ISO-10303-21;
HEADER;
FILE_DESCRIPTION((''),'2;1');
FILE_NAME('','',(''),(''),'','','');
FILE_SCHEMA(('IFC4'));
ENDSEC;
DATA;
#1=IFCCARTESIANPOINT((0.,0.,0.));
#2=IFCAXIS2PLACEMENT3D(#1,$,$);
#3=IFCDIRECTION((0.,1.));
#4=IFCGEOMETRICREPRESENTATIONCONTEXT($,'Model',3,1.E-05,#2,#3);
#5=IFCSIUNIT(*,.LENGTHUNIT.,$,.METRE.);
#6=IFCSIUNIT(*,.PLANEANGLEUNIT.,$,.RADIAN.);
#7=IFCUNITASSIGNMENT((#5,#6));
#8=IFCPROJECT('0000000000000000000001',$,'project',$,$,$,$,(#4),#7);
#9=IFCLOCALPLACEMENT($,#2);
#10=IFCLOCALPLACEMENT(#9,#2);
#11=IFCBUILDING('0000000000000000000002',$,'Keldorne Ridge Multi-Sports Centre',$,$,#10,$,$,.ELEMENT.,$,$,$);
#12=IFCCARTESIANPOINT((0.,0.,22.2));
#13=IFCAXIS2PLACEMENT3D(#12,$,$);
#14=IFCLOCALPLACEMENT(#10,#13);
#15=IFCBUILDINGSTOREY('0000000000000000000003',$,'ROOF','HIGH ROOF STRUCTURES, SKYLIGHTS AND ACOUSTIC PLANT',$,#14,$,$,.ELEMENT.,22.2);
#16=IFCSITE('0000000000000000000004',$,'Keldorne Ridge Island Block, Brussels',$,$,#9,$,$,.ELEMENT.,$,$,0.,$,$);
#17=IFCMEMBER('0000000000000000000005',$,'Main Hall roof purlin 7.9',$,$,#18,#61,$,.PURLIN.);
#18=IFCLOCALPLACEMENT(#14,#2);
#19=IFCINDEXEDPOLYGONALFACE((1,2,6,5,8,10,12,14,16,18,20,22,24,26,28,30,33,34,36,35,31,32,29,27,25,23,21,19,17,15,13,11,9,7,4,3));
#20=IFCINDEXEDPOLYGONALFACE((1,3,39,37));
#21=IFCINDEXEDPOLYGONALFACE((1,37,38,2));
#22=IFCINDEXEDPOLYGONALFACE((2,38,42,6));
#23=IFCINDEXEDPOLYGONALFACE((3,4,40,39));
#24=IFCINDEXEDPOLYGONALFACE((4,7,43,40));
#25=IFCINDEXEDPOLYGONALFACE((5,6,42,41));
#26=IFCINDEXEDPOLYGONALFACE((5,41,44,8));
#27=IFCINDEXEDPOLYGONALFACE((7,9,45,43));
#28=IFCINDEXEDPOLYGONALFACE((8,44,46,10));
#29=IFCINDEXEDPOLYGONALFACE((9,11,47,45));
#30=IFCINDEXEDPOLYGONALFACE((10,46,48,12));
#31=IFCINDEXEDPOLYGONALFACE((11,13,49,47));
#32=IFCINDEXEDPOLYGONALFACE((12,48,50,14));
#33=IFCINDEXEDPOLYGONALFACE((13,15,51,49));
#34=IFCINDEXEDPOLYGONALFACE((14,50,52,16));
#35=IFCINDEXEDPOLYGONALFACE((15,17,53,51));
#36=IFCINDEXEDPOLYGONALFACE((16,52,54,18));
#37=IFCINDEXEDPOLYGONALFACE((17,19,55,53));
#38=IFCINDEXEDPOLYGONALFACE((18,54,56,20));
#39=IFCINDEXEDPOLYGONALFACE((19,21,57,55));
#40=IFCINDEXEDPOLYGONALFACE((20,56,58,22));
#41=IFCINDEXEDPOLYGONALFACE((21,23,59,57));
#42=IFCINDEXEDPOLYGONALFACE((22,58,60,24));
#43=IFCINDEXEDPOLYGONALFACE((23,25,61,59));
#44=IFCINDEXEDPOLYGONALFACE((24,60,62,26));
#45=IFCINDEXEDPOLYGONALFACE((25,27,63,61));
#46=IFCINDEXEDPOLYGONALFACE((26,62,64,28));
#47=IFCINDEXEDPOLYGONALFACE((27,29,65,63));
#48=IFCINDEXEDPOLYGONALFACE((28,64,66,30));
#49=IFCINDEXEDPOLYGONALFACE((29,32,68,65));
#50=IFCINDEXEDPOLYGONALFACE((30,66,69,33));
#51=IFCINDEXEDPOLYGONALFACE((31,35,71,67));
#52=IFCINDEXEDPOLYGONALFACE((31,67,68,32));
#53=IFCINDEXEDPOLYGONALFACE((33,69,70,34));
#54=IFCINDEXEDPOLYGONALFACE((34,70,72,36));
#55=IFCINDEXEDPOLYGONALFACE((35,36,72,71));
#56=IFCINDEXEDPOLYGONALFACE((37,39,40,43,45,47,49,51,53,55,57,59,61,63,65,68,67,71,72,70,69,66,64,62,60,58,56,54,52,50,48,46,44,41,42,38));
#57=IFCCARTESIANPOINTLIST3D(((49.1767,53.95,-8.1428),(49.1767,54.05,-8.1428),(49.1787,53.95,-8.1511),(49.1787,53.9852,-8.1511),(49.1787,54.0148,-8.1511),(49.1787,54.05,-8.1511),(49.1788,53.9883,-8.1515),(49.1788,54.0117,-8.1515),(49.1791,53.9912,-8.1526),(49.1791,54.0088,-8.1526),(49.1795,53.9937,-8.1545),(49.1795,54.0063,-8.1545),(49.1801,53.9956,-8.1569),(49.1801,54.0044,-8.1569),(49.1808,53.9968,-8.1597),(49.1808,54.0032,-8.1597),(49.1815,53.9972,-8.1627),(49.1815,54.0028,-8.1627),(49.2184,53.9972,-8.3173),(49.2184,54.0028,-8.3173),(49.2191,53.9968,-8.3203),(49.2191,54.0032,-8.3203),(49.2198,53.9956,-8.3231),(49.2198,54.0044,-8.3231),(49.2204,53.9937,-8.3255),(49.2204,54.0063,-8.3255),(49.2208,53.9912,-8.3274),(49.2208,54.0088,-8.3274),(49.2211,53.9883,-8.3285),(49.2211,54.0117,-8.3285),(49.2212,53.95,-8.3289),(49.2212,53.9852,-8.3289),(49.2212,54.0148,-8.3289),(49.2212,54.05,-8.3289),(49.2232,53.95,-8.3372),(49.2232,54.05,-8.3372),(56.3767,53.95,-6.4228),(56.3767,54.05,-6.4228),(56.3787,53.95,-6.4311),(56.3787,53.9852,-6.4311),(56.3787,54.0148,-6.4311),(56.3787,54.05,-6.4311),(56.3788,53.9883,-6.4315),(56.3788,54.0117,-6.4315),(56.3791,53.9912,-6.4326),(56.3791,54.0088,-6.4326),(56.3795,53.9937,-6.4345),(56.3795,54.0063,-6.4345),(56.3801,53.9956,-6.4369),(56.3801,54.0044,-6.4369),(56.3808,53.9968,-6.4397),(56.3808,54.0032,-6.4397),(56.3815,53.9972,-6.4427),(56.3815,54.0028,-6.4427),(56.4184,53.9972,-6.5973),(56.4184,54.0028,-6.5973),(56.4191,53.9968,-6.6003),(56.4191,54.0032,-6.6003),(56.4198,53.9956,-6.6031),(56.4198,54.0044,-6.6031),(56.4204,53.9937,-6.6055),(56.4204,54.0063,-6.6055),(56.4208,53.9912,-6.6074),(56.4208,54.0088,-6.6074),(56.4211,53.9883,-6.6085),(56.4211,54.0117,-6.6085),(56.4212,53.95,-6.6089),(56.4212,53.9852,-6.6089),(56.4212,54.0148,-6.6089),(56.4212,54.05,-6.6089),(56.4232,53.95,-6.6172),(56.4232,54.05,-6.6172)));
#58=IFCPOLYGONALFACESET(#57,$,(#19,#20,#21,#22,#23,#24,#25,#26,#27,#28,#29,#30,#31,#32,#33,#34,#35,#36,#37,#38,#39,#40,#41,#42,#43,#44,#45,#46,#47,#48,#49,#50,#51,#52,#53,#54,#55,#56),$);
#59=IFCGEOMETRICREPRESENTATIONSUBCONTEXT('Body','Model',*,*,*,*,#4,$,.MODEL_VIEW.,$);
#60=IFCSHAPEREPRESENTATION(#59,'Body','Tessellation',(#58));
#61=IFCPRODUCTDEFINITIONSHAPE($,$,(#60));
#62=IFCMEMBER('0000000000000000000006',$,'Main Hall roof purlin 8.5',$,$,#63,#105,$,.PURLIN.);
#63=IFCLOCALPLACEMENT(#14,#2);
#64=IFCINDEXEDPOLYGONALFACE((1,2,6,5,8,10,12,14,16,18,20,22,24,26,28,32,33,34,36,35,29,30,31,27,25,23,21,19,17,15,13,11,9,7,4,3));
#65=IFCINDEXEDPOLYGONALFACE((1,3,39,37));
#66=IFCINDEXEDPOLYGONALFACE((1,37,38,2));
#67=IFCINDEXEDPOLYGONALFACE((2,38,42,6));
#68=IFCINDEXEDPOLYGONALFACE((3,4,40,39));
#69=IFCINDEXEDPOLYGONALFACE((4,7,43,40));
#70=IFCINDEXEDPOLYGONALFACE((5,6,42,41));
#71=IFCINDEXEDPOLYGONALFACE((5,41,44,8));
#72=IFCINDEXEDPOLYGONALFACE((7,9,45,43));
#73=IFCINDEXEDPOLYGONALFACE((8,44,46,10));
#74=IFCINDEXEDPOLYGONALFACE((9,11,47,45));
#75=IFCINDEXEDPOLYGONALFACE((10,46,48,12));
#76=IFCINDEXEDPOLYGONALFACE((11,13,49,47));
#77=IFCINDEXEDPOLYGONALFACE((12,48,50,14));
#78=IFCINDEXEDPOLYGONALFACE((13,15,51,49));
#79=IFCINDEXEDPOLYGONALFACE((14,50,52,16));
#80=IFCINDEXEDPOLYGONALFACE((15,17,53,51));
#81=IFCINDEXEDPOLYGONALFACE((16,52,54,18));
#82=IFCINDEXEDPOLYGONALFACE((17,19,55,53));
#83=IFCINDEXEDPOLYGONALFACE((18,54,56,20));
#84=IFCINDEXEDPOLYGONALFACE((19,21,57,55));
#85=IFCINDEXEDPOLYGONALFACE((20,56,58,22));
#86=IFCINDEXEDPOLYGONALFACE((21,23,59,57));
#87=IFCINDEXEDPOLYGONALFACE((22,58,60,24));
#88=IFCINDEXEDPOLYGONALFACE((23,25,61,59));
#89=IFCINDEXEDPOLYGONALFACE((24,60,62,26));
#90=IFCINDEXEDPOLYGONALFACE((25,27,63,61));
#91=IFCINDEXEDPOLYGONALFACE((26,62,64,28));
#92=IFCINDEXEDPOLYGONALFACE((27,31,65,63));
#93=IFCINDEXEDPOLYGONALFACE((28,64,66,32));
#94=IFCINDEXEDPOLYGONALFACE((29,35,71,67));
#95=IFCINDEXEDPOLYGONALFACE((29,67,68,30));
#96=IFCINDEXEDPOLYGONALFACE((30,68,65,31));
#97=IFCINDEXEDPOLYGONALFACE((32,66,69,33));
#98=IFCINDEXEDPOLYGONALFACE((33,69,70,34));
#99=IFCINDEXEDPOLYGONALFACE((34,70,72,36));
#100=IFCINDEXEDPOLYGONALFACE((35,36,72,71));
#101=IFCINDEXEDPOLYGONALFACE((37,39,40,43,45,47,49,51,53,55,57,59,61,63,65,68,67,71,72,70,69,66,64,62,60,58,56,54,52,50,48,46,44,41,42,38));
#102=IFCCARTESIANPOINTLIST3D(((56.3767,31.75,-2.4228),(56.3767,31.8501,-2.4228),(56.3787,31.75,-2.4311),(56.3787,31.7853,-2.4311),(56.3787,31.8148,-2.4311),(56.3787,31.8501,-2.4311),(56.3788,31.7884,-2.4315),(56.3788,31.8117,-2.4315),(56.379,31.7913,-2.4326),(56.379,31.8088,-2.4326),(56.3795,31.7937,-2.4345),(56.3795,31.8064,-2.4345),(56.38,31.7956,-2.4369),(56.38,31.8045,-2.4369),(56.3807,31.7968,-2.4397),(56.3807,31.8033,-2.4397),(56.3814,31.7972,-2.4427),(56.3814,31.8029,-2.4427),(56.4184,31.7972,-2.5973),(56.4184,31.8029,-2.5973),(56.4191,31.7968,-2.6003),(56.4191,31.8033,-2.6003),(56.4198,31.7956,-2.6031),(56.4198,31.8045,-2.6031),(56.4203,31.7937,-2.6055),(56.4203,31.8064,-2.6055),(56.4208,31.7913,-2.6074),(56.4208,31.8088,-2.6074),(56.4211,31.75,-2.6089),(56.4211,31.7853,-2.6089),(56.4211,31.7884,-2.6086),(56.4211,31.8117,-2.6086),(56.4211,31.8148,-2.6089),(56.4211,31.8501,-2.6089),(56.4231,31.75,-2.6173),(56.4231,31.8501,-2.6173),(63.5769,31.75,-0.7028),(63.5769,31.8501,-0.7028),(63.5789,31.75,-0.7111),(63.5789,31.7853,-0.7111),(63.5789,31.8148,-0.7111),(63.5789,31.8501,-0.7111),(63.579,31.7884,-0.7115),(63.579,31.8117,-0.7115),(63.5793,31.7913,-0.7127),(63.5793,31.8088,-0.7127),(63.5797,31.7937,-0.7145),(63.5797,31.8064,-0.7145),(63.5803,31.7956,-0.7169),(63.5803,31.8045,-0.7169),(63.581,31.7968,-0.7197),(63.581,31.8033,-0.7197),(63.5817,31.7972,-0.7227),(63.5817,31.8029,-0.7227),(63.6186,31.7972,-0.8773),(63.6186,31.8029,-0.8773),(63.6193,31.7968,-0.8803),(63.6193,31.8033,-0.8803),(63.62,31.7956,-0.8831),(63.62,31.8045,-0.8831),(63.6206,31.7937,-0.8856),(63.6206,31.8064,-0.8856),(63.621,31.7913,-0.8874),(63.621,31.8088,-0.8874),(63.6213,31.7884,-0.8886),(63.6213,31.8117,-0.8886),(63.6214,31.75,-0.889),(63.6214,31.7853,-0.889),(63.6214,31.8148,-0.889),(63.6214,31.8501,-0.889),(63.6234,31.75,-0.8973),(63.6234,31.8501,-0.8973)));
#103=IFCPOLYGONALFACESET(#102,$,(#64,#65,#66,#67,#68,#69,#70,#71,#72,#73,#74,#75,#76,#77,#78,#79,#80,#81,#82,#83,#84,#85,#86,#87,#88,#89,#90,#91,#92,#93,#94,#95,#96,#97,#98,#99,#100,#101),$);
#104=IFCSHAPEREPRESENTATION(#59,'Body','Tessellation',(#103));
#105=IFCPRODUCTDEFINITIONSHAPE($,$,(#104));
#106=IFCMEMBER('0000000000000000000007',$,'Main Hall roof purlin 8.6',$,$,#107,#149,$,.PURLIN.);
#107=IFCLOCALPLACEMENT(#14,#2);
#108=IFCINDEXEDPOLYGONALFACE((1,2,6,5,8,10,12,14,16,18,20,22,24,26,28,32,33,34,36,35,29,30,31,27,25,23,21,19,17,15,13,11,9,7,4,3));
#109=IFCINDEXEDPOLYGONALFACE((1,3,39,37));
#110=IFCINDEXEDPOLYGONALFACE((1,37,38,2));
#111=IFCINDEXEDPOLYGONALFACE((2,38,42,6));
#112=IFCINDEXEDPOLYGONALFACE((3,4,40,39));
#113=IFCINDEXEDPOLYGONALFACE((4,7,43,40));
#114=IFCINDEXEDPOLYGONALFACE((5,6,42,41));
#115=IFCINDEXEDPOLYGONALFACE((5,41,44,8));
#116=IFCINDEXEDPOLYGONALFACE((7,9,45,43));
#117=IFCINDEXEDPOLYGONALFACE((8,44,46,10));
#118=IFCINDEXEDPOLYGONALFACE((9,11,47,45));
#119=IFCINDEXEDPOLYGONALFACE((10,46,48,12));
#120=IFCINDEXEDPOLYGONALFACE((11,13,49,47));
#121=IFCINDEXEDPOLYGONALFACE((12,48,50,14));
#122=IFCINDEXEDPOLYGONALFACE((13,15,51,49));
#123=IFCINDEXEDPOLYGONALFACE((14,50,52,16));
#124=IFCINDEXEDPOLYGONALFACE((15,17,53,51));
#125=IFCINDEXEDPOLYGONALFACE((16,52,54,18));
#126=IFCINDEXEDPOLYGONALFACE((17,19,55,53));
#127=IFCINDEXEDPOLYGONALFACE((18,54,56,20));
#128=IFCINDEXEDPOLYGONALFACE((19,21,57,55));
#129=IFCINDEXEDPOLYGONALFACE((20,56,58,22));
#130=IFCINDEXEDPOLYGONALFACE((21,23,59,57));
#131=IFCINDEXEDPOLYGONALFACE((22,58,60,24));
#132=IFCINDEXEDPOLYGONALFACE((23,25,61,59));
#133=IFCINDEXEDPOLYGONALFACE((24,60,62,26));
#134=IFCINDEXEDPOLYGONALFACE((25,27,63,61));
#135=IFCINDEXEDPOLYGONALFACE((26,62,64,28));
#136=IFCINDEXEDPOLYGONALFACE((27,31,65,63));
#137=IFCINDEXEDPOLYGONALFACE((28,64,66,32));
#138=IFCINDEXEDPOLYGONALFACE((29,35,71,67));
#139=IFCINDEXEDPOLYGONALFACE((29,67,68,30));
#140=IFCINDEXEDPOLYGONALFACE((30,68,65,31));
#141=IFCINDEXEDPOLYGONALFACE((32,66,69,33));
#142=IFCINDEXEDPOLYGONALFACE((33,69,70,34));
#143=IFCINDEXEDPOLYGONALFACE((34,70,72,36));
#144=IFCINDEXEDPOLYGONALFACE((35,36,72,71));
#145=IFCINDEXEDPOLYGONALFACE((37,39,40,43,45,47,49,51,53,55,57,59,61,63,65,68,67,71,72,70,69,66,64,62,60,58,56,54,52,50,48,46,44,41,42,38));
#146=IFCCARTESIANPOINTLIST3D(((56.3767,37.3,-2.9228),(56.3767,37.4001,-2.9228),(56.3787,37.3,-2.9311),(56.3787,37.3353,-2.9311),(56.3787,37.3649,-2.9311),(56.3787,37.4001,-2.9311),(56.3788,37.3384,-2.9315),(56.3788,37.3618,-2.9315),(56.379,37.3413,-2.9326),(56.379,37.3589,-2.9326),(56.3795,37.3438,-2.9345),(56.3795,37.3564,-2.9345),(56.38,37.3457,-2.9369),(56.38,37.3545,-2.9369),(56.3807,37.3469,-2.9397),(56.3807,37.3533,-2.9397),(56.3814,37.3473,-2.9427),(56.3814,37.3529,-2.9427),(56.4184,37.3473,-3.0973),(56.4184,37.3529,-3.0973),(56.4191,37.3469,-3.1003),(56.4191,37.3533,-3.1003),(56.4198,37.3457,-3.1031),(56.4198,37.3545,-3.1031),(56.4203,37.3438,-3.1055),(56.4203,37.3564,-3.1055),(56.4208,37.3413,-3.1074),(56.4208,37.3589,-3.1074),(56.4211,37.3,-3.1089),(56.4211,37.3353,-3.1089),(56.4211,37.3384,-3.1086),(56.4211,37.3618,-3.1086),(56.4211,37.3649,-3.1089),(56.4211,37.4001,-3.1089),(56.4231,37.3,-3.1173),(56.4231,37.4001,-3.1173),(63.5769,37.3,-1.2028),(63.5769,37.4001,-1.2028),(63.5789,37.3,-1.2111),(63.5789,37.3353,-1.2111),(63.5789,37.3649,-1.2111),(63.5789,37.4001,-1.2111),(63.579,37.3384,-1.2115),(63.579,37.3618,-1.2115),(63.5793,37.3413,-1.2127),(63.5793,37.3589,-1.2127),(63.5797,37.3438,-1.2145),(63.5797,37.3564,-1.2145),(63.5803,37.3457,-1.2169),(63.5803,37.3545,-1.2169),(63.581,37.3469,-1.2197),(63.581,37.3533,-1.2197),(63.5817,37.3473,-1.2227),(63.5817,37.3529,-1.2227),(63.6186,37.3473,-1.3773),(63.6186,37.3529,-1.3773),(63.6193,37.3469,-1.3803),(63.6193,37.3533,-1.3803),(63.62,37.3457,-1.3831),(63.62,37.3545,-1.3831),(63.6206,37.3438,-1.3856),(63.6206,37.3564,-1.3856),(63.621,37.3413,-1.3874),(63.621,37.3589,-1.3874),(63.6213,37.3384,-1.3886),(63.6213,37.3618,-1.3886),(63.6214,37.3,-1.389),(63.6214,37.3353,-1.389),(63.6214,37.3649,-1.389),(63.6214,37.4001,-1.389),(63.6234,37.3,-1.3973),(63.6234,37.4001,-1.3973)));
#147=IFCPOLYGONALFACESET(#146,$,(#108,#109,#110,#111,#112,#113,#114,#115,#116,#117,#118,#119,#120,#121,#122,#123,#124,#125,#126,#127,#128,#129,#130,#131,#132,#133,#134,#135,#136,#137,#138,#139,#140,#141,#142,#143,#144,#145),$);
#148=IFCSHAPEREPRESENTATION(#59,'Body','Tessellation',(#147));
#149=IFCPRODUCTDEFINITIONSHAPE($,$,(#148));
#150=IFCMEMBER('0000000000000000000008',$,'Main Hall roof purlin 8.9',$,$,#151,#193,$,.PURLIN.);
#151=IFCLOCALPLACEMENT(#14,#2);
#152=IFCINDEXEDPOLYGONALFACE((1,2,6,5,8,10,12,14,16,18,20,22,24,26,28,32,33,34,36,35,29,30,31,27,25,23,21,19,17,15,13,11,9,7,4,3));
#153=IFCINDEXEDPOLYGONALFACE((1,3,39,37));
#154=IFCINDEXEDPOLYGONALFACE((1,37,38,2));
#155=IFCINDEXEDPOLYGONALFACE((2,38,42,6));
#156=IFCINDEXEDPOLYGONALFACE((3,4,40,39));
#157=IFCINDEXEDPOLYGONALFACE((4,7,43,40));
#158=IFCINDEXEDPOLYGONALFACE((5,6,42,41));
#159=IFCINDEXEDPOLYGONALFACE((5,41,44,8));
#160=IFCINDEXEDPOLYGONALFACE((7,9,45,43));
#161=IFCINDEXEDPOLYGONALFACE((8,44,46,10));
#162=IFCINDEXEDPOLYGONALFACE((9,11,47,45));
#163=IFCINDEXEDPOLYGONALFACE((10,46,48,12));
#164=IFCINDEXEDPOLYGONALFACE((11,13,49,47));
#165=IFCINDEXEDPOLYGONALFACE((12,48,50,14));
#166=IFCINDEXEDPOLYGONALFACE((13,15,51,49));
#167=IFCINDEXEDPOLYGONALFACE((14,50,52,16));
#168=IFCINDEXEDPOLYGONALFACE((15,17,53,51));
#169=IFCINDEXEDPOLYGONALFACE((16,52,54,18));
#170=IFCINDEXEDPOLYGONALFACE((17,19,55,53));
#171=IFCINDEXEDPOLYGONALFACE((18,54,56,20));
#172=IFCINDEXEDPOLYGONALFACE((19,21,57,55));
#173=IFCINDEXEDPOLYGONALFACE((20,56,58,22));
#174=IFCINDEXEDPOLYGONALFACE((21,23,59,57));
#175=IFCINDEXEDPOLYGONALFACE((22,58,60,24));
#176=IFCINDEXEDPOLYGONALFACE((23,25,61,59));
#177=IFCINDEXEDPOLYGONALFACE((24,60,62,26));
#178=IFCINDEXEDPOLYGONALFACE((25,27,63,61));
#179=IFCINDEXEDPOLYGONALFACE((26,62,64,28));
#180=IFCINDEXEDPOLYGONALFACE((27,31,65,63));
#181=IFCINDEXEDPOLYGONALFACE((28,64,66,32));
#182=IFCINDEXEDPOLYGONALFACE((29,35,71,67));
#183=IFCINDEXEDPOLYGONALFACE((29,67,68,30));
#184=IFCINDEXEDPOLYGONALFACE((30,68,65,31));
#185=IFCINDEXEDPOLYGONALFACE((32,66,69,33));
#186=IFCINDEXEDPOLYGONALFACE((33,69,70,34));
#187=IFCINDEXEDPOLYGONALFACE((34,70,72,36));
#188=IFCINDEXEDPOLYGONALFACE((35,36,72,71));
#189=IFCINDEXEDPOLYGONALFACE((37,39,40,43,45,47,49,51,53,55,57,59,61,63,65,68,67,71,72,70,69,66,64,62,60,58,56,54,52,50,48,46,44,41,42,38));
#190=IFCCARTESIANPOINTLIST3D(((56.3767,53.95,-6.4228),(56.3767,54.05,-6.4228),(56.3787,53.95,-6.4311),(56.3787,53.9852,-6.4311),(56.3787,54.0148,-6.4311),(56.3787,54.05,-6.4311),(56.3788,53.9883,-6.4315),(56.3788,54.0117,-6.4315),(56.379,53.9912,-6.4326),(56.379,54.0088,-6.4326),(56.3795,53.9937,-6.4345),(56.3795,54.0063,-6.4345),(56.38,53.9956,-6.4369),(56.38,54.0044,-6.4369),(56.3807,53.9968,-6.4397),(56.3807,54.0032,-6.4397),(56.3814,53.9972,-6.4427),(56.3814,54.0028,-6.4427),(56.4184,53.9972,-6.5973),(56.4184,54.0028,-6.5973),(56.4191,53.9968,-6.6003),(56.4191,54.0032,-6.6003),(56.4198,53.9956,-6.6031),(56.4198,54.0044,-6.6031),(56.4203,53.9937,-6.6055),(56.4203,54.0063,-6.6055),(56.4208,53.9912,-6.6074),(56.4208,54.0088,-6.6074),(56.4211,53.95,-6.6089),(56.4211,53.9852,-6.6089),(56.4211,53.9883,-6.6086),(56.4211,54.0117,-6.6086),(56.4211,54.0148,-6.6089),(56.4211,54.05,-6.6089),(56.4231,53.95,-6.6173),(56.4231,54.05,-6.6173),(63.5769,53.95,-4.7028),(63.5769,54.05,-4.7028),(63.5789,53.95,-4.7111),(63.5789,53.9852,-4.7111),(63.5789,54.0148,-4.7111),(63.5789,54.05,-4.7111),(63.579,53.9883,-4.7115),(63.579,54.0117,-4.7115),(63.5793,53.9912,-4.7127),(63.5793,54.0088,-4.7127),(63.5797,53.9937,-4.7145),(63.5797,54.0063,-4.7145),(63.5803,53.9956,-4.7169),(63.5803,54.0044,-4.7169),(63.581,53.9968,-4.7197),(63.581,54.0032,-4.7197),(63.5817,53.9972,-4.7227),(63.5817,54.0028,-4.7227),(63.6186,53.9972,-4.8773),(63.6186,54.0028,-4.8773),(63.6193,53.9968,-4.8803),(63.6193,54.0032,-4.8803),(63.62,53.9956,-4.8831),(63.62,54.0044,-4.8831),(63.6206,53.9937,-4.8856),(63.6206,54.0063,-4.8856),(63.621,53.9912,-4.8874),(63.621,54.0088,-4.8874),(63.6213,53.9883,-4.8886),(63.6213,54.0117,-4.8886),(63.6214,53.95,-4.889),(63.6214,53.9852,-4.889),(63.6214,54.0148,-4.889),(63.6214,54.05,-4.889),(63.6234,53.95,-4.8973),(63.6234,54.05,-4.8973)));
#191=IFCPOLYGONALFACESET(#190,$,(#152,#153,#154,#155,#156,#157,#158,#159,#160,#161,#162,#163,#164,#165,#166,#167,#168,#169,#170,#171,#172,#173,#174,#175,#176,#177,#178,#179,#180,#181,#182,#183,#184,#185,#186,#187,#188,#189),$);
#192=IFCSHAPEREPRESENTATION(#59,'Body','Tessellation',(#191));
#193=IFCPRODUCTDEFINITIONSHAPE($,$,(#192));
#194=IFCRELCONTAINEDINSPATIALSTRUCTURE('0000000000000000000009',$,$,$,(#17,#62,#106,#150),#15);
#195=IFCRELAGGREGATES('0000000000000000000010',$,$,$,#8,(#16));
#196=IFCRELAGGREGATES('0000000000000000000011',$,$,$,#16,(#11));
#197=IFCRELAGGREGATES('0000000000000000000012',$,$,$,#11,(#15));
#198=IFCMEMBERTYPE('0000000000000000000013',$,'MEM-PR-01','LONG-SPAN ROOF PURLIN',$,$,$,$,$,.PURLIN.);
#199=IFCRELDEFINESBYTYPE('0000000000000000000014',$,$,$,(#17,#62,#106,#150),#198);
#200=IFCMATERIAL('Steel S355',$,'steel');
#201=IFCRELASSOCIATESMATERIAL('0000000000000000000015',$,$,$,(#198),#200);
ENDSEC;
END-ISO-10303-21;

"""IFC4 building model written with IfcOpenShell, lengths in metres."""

from ifc_helpers import new_model, si_unit, direction, frame, origin, origin_2d, place, context, subcontext, project, spatial, i_section, extrude, material, material_profile, profile_set, type_object, element, save


model = new_model("IFC4")

# Units and contexts
model_context = context("Model", 3, precision=1e-05, world=origin(), true_north=direction((0.0, 1.0)))
body_context = subcontext(model_context, "Body", "Model", "MODEL_VIEW")
ifc_project = project(units=[si_unit("LENGTHUNIT", "METRE"), si_unit("PLANEANGLEUNIT", "RADIAN")], contexts=[model_context])

# Site, building, storey
site_placement = place(None, origin())
site = spatial("IfcSite", under=ifc_project, at=site_placement, Name="Keldorne Ridge Island Block, Brussels", CompositionType="ELEMENT", RefElevation=0.0)
building_placement = place(site_placement, origin())
building = spatial("IfcBuilding", under=site, at=building_placement, Name="Keldorne Ridge Multi-Sports Centre", CompositionType="ELEMENT")
storey_placement = place(building_placement, frame((0.0, 0.0, 22.2)))
storey = spatial("IfcBuildingStorey", under=building, at=storey_placement, Name="ROOF", Description="HIGH ROOF STRUCTURES, SKYLIGHTS AND ACOUSTIC PLANT", CompositionType="ELEMENT", Elevation=22.2)

# Members
ifc_material = material(Name="Steel S355", Category="steel")
ifc_material_profile_1 = material_profile(ifc_material, i_section(OverallWidth=0.1001, OverallDepth=0.2, WebThickness=0.0056, FlangeThickness=0.0085, FilletRadius=0.012, at=origin_2d()), Name="IPE 200")
ifc_profile_set_1 = profile_set([ifc_material_profile_1], Name="Steel S355")
member_type_1 = type_object("IfcMemberType", Name="MEM-PR-01", Description="LONG-SPAN ROOF PURLIN", PredefinedType="PURLIN", material=ifc_profile_set_1)
member_1_placement = place(storey_placement, frame((49.2, 54.0, -8.24), z_axis=(0.972633, 0.0, 0.232349), x_axis=(0.0, 1.0, 0.0)))
element("IfcMember", 1, at=member_1_placement, inside=storey, type_object=member_type_1, Name="Main Hall roof purlin 7.9", PredefinedType="PURLIN", context=body_context, shape_type="SweptSolid", body=[
    extrude(i_section(OverallWidth=0.1001, OverallDepth=0.2, WebThickness=0.0056, FlangeThickness=0.0085, FilletRadius=0.012, at=origin_2d()), origin(), (0.0, 0.0, 1.0), 7.4026),
])
for number, where, z_axis, x_axis, name in (
    (2, (56.3999, 31.8, -2.52), (0.972634, 0.0, 0.232341), (0.0, 1.0, 0.0), "Main Hall roof purlin 8.5"),
    (3, (56.3999, 37.3501, -3.02), (0.972634, 0.0, 0.232341), (0.0, 1.0, 0.0), "Main Hall roof purlin 8.6"),
    (4, (56.3999, 54.0, -6.52), (0.972634, 0.0, 0.232341), (0.0, 1.0, 0.0), "Main Hall roof purlin 8.9"),
):
    element("IfcMember", number, at=place(storey_placement, frame(where, z_axis=z_axis, x_axis=x_axis)), inside=storey, type_object=member_type_1, Name=name, PredefinedType="PURLIN", context=body_context, shape_type="SweptSolid", body=[
        extrude(i_section(OverallWidth=0.1001, OverallDepth=0.2, WebThickness=0.0056, FlangeThickness=0.0085, FilletRadius=0.012, at=origin_2d()), origin(), (0.0, 0.0, 1.0), 7.4028),
    ])

save(model, "model.ifc")
